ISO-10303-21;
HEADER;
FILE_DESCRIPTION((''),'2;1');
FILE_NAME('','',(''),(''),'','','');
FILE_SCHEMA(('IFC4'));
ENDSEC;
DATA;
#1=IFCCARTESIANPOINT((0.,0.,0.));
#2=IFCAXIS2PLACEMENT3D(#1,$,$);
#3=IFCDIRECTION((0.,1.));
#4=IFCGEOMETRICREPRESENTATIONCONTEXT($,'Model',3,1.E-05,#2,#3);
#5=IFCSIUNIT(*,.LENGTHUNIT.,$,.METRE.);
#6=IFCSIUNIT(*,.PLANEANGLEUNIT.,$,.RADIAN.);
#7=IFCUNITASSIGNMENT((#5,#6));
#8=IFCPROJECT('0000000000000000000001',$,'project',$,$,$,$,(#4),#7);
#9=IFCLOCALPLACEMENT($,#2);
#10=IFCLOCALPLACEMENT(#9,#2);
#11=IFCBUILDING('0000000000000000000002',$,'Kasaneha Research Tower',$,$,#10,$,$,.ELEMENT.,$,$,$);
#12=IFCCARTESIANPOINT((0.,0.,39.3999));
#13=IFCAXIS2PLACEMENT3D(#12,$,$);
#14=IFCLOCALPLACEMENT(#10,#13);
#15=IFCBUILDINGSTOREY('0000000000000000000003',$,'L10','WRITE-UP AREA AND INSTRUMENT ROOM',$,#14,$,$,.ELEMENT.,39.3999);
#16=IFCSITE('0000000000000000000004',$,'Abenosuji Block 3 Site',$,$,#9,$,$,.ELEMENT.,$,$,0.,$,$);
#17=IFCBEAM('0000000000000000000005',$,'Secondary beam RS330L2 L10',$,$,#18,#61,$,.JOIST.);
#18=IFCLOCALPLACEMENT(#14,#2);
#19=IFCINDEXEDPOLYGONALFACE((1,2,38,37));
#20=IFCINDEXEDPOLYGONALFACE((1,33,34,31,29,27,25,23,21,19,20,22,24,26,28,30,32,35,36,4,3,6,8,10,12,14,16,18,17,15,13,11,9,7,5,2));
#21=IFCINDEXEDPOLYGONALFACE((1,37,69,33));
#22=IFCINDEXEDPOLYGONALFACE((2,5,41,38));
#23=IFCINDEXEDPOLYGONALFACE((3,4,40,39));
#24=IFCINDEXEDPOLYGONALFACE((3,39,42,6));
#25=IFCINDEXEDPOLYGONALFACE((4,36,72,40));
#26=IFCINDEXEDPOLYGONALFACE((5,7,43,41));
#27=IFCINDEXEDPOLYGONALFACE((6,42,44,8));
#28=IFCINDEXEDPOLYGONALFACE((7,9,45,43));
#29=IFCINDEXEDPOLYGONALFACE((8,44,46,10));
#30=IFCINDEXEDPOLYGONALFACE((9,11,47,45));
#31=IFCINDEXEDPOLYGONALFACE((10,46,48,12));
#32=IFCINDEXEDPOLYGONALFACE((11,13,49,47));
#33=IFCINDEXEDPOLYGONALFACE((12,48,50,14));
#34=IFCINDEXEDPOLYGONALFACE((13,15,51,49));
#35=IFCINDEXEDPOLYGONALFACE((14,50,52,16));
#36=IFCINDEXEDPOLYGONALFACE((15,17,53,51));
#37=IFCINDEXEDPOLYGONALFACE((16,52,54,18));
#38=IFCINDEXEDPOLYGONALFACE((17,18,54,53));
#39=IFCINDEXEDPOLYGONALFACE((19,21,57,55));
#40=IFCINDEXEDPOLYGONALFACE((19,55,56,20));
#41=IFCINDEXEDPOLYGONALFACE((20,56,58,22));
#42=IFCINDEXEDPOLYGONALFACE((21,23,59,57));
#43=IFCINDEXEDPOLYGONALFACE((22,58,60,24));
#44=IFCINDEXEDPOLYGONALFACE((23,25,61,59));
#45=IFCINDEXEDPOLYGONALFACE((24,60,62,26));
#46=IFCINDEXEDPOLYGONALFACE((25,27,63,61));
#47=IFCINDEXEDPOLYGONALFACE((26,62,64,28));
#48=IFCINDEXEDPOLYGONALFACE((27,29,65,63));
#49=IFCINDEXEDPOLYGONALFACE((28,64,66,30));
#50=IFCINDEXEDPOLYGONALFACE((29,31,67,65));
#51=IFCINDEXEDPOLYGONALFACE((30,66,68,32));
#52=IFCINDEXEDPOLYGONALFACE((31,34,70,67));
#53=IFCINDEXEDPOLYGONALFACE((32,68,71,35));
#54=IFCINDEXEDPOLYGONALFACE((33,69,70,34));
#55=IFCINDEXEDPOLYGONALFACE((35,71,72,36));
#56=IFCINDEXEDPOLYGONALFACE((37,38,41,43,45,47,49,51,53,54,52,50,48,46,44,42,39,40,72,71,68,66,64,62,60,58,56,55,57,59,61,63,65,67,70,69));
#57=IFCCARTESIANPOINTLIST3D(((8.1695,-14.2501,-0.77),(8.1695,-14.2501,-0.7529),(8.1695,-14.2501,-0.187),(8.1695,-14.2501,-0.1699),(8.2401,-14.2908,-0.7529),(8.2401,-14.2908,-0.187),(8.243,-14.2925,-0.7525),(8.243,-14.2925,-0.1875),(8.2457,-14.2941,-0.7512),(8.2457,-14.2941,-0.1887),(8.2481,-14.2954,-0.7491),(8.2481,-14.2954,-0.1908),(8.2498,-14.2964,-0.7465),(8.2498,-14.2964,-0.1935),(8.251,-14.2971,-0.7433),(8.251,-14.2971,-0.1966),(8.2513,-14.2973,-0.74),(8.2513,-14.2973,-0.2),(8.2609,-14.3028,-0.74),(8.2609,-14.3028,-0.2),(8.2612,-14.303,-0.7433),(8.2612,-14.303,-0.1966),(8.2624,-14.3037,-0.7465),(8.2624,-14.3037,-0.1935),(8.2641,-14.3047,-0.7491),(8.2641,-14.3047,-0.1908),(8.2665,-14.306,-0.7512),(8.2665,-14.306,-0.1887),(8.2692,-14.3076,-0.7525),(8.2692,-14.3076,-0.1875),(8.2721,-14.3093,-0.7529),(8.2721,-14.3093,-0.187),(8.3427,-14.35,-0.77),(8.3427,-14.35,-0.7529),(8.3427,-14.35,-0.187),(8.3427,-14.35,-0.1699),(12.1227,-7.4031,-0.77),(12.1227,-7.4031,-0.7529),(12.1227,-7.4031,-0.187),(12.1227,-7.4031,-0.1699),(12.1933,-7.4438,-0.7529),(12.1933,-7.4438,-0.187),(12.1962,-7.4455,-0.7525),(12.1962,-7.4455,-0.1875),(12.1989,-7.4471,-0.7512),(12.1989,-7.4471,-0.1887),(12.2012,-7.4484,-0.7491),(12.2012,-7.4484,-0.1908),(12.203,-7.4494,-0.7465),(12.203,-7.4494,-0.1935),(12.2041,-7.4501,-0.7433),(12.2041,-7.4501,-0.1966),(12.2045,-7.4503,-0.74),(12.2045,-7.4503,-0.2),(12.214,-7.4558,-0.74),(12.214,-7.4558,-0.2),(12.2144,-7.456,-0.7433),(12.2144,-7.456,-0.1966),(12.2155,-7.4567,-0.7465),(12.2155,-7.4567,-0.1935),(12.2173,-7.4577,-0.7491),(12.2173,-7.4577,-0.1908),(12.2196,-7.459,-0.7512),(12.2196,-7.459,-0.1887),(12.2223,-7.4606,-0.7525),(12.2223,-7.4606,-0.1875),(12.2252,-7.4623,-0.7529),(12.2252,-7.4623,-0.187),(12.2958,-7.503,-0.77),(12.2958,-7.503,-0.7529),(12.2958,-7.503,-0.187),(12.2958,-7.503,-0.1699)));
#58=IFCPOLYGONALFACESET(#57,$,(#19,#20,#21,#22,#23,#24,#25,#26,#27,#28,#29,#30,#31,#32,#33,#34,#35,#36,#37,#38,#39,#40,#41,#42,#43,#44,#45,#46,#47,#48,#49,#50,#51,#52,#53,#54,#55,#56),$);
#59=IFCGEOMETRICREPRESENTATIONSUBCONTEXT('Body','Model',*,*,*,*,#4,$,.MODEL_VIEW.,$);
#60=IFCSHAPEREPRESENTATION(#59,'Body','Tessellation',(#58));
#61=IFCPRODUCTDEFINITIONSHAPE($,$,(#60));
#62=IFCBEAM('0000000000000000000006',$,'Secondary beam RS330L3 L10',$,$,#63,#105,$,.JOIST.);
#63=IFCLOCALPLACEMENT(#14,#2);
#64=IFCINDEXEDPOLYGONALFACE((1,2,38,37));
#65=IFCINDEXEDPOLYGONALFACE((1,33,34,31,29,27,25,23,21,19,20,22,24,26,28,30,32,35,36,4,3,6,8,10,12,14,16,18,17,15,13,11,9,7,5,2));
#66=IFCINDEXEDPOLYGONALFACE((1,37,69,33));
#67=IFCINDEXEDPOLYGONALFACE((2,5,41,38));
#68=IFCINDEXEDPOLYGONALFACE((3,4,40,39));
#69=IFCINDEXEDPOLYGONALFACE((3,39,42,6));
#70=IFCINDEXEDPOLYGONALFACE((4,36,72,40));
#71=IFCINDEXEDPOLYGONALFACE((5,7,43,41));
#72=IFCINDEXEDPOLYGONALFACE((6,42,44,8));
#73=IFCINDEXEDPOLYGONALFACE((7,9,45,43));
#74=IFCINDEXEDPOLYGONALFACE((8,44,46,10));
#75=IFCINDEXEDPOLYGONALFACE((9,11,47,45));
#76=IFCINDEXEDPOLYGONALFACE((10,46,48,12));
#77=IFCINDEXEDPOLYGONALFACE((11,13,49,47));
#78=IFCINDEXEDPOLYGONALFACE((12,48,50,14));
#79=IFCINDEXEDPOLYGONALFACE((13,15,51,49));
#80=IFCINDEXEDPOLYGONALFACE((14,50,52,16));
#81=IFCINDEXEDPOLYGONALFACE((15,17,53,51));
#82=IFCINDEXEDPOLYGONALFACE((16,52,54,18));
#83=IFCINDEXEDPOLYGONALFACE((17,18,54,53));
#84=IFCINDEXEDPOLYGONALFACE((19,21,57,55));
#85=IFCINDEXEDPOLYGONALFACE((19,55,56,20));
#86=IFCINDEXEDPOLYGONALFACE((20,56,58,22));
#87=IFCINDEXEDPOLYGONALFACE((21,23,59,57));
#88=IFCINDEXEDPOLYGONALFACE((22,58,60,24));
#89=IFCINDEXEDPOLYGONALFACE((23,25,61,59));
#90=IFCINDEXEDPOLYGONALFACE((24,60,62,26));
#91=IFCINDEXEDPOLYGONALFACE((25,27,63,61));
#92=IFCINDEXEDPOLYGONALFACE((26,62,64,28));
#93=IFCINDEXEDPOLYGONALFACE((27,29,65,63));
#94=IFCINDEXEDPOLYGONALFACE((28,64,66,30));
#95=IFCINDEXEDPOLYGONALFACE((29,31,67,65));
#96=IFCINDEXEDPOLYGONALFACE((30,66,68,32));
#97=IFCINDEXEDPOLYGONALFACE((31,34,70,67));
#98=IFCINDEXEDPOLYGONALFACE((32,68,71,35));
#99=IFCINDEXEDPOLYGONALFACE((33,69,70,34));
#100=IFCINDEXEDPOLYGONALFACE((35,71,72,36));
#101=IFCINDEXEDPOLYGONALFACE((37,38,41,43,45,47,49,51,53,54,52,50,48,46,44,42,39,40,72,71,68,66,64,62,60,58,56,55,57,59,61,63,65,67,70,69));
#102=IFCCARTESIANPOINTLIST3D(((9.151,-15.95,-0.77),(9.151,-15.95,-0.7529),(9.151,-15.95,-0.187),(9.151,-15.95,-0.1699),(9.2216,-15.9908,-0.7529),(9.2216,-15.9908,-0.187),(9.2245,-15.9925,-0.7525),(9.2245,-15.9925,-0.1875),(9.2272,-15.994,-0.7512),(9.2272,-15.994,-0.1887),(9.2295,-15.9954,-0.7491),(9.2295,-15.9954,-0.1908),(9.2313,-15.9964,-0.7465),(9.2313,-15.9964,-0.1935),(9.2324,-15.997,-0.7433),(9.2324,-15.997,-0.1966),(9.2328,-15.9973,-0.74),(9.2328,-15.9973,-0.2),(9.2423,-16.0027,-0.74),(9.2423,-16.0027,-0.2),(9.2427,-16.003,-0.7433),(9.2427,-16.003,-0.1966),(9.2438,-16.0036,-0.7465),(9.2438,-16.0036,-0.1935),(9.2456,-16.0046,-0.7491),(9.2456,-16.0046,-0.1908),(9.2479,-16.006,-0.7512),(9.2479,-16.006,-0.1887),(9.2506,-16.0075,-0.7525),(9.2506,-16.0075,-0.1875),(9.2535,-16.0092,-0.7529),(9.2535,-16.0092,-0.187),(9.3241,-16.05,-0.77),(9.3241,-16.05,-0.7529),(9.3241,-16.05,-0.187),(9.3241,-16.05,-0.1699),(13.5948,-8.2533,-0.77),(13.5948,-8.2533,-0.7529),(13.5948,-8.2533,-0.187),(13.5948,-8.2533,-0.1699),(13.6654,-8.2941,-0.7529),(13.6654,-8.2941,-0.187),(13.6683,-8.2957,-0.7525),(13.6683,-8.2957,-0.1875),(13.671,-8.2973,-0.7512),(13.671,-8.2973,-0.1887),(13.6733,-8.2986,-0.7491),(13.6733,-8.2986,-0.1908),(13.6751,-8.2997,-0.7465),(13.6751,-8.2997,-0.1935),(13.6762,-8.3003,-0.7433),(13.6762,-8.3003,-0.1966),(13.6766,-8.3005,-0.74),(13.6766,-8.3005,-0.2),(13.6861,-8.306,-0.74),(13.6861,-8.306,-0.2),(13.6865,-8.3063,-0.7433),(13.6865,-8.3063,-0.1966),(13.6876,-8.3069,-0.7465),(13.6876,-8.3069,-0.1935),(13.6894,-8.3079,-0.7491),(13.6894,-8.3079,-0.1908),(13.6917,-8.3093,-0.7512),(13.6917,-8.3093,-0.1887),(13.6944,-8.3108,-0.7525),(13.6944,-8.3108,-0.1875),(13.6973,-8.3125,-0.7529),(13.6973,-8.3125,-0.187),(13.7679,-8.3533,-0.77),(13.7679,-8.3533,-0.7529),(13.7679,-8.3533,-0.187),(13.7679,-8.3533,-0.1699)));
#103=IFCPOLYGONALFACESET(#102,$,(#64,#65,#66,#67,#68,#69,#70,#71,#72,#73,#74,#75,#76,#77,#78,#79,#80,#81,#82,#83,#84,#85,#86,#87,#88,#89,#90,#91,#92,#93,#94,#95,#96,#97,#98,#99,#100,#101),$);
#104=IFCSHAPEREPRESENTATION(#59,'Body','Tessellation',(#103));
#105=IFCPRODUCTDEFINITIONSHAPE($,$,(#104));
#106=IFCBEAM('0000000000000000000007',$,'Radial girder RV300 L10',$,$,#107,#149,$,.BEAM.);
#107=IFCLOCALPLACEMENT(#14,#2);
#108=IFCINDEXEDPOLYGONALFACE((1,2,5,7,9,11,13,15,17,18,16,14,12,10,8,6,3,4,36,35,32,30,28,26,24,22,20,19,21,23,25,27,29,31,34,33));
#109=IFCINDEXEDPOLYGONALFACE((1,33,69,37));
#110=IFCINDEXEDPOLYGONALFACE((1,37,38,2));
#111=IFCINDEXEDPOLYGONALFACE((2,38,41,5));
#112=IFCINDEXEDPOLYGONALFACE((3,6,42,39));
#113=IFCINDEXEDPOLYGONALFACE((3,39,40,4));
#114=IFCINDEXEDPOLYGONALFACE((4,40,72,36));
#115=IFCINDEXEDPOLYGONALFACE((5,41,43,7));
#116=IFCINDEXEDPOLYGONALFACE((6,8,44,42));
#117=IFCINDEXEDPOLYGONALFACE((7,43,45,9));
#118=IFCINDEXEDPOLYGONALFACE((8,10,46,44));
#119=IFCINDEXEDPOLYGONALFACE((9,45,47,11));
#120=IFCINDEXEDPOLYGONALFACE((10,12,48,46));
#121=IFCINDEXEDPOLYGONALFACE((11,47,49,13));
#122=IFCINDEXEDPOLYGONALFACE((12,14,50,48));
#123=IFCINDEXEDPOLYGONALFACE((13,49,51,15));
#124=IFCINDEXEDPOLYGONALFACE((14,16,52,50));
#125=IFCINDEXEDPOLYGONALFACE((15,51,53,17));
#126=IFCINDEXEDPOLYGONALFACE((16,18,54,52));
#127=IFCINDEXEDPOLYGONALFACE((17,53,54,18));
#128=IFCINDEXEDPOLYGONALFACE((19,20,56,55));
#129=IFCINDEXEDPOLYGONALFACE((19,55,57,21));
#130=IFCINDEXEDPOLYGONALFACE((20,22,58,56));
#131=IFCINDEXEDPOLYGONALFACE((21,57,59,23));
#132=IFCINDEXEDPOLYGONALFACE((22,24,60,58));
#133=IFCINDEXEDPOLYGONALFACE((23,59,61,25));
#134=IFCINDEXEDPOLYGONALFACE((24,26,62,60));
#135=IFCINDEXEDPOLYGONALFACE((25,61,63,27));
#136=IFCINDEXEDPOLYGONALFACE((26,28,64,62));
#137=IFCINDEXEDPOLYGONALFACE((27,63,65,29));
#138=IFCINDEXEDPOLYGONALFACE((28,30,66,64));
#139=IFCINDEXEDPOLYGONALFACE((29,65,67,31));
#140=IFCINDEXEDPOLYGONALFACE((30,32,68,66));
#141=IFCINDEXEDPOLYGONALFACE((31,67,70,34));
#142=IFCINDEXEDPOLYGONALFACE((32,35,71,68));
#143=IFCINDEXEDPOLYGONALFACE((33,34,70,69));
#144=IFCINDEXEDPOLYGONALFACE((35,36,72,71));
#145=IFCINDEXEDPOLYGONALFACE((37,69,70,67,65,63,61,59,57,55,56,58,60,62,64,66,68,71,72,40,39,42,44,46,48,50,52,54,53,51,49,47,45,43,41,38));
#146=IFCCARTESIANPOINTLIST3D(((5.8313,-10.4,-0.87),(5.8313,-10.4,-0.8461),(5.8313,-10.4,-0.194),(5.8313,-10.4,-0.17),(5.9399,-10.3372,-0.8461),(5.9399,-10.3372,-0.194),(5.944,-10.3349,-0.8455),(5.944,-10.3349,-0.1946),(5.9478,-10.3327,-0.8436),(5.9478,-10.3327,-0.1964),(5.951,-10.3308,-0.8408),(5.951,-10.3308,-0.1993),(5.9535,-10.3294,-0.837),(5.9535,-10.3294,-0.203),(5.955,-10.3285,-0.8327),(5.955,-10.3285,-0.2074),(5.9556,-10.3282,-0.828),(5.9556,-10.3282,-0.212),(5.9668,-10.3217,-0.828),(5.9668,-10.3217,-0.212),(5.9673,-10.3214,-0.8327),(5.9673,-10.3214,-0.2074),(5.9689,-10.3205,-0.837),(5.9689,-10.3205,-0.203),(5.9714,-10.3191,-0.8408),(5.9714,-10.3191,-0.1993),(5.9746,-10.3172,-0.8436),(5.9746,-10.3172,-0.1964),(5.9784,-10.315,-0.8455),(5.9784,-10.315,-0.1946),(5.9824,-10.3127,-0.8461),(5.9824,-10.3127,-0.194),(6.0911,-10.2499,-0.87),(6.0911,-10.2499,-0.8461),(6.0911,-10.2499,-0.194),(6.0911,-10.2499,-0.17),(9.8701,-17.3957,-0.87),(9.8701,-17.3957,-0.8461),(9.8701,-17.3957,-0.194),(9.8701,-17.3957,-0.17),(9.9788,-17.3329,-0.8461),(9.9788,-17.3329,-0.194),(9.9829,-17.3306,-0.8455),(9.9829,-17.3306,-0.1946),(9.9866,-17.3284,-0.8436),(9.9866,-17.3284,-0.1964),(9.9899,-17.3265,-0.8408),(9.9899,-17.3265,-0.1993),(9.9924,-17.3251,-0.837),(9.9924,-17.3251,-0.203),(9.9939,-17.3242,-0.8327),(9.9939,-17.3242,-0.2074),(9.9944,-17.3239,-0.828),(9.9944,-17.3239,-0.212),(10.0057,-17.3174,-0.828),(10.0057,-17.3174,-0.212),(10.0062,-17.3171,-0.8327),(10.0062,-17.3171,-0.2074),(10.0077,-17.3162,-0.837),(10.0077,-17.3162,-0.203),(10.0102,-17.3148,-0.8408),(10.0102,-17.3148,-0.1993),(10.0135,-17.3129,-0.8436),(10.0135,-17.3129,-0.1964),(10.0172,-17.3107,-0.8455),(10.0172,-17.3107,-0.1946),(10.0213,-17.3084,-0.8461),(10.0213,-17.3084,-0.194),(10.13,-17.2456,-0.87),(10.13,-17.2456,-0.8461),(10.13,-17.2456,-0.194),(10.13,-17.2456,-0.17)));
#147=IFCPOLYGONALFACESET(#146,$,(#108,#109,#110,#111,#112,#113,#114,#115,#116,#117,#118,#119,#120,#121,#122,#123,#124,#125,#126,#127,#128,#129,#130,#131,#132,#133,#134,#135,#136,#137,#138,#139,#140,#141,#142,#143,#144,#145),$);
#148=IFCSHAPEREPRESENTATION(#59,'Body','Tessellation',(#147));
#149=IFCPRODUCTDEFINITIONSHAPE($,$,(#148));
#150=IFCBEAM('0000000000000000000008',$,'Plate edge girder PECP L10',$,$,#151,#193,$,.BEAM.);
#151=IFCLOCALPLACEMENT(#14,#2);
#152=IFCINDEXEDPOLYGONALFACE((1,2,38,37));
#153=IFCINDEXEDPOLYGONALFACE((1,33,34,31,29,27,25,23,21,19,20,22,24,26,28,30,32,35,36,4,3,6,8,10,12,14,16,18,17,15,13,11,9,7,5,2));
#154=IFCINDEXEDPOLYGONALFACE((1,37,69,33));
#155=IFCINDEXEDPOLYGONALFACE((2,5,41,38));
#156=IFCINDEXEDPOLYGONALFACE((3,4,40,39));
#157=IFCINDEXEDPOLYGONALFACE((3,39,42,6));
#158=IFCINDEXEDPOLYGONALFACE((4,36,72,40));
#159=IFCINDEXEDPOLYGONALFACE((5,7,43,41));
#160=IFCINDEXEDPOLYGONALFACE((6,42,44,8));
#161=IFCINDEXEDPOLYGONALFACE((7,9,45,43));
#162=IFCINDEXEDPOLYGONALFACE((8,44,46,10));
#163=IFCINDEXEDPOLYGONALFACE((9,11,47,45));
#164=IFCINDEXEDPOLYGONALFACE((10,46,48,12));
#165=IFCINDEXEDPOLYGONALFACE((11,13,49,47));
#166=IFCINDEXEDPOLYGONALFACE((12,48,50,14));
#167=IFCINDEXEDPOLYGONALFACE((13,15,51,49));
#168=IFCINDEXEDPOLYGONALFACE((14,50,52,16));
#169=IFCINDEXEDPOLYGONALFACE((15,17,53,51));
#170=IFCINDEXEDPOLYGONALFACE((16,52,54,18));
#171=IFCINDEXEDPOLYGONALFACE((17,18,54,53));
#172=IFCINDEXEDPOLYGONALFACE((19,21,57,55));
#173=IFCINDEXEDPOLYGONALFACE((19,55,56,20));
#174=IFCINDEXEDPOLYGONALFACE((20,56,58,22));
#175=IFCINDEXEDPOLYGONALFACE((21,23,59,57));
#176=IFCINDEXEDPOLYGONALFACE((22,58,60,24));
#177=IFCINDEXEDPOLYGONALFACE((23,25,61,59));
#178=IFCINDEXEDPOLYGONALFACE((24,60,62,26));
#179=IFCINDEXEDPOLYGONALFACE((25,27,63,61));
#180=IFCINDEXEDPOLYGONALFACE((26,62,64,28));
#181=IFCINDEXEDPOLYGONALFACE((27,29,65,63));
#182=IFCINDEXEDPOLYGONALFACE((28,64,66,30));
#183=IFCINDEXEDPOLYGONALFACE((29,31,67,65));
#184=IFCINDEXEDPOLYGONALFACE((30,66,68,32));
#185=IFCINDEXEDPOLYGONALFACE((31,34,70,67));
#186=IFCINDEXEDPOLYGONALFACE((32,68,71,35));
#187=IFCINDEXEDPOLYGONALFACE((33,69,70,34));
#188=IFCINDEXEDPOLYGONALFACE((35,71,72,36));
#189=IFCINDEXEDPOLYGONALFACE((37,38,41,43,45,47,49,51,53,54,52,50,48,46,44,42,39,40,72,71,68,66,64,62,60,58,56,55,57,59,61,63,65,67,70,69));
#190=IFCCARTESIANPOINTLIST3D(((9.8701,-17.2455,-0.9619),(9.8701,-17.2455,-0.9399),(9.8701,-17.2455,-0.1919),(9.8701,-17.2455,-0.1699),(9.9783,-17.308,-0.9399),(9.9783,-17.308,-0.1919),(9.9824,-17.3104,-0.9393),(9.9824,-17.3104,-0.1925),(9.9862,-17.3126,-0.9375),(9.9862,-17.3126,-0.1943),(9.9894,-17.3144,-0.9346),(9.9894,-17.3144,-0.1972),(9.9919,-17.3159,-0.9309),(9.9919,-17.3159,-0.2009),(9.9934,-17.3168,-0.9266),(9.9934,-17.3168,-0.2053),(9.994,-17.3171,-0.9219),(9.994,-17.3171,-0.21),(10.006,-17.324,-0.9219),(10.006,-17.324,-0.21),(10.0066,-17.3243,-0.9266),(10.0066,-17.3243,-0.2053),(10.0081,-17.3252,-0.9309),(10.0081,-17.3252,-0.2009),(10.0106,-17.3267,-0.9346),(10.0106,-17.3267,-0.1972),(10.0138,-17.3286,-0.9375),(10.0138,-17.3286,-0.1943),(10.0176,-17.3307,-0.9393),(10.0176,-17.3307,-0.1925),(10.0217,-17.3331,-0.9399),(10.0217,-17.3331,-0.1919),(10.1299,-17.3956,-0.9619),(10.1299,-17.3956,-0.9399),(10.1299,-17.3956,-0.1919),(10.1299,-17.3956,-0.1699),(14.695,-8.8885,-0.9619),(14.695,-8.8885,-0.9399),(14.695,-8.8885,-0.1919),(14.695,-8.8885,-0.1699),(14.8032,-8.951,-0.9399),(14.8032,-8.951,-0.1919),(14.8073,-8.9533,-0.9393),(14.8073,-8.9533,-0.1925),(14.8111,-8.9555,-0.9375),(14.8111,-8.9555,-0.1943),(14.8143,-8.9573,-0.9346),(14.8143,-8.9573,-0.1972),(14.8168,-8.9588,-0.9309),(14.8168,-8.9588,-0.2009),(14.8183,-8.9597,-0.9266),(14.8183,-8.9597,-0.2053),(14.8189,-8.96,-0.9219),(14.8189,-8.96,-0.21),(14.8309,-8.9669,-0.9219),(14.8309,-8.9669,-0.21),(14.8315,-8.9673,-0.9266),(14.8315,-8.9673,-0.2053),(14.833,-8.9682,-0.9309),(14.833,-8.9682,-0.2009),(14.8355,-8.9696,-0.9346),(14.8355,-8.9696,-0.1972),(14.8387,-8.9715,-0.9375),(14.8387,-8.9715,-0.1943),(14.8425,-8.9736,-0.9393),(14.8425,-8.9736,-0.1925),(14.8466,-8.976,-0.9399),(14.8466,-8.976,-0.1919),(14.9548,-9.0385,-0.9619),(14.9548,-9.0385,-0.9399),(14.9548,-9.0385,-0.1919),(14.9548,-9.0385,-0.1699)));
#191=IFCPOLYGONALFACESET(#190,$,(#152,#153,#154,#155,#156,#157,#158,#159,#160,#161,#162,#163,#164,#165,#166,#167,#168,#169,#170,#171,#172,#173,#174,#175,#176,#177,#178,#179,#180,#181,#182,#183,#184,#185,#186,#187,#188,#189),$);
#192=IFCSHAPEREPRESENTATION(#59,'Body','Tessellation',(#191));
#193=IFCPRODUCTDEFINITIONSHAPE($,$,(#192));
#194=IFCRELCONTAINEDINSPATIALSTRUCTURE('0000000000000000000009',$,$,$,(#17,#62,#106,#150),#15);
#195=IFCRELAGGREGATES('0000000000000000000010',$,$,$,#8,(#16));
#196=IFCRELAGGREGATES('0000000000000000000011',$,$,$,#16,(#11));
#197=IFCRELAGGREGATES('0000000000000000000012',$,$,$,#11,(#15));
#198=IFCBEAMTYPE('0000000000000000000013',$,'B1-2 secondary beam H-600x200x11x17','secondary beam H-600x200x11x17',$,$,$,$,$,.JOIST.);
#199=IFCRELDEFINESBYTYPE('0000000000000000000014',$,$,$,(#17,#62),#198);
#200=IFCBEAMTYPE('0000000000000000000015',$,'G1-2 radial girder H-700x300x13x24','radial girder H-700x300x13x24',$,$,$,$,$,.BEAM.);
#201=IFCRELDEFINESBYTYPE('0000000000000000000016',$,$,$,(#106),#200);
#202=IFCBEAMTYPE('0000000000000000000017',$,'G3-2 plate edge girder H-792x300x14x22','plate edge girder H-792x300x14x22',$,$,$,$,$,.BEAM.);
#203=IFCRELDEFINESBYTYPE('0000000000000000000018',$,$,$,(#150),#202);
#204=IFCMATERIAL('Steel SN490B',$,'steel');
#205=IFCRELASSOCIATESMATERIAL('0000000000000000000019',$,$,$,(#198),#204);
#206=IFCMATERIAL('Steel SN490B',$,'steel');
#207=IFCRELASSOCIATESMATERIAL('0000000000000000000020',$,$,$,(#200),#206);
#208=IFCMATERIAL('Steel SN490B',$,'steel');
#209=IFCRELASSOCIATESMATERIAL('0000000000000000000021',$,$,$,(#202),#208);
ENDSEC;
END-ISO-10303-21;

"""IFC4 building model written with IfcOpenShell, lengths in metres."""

from ifc_helpers import new_model, si_unit, direction, frame, origin, origin_2d, place, context, subcontext, project, spatial, i_section, extrude, material, material_profile, profile_set, type_object, element, save


model = new_model("IFC4")

# Units and contexts
model_context = context("Model", 3, precision=1e-05, world=origin(), true_north=direction((0.0, 1.0)))
body_context = subcontext(model_context, "Body", "Model", "MODEL_VIEW")
ifc_project = project(units=[si_unit("LENGTHUNIT", "METRE"), si_unit("PLANEANGLEUNIT", "RADIAN")], contexts=[model_context])

# Site, building, storey
site_placement = place(None, origin())
site = spatial("IfcSite", under=ifc_project, at=site_placement, Name="Abenosuji Block 3 Site", CompositionType="ELEMENT", RefElevation=0.0)
building_placement = place(site_placement, origin())
building = spatial("IfcBuilding", under=site, at=building_placement, Name="Kasaneha Research Tower", CompositionType="ELEMENT")
storey_placement = place(building_placement, frame((0.0, 0.0, 39.3999)))
storey = spatial("IfcBuildingStorey", under=building, at=storey_placement, Name="L10", Description="WRITE-UP AREA AND INSTRUMENT ROOM", CompositionType="ELEMENT", Elevation=39.3999)

# Beams
ifc_material_1 = material(Name="Steel SN490B", Category="steel")
ifc_material_profile_1 = material_profile(ifc_material_1, i_section(OverallWidth=0.2, OverallDepth=0.6001, WebThickness=0.011, FlangeThickness=0.0171, FilletRadius=0.0129, at=origin_2d()), Name="H-600x200x11x17")
ifc_profile_set_1 = profile_set([ifc_material_profile_1], Name="Steel SN490B")
beam_type_1 = type_object("IfcBeamType", Name="B1-2 secondary beam H-600x200x11x17", Description="secondary beam H-600x200x11x17", PredefinedType="JOIST", material=ifc_profile_set_1)
beam_1_placement = place(storey_placement, frame((8.2561, -14.3, -0.47), z_axis=(0.500005, 0.866023, 0.0), x_axis=(-0.866023, 0.500005, 0.0)))
element("IfcBeam", 1, at=beam_1_placement, inside=storey, type_object=beam_type_1, Name="Secondary beam RS330L2 L10", PredefinedType="JOIST", context=body_context, shape_type="SweptSolid", body=[
    extrude(i_section(OverallWidth=0.2, OverallDepth=0.6001, WebThickness=0.011, FlangeThickness=0.0171, FilletRadius=0.0129, at=origin_2d()), origin(), (0.0, 0.0, 1.0), 7.9062),
])
beam_2_placement = place(storey_placement, frame((9.2375, -16.0, -0.47), z_axis=(0.500009, 0.86602, 0.0), x_axis=(-0.86602, 0.500009, 0.0)))
element("IfcBeam", 2, at=beam_2_placement, inside=storey, type_object=beam_type_1, Name="Secondary beam RS330L3 L10", PredefinedType="JOIST", context=body_context, shape_type="SweptSolid", body=[
    extrude(i_section(OverallWidth=0.2, OverallDepth=0.6001, WebThickness=0.011, FlangeThickness=0.0171, FilletRadius=0.0129, at=origin_2d()), origin(), (0.0, 0.0, 1.0), 8.8875),
])
ifc_material_2 = material(Name="Steel SN490B", Category="steel")
ifc_material_profile_2 = material_profile(ifc_material_2, i_section(OverallWidth=0.3, OverallDepth=0.7, WebThickness=0.0129, FlangeThickness=0.0239, FilletRadius=0.0181, at=origin_2d()), Name="H-700x300x13x24")
ifc_profile_set_2 = profile_set([ifc_material_profile_2], Name="Steel SN490B")
beam_type_2 = type_object("IfcBeamType", Name="G1-2 radial girder H-700x300x13x24", Description="radial girder H-700x300x13x24", PredefinedType="BEAM", material=ifc_profile_set_2)
beam_3_placement = place(storey_placement, frame((5.9612, -10.325, -0.52), z_axis=(0.499991, -0.866031, 0.0), x_axis=(0.866031, 0.499991, 0.0)))
element("IfcBeam", 3, at=beam_3_placement, inside=storey, type_object=beam_type_2, Name="Radial girder RV300 L10", PredefinedType="BEAM", context=body_context, shape_type="SweptSolid", body=[
    extrude(i_section(OverallWidth=0.3, OverallDepth=0.7, WebThickness=0.0129, FlangeThickness=0.0239, FilletRadius=0.0181, at=origin_2d()), origin(), (0.0, 0.0, 1.0), 8.0779),
])
ifc_material_3 = material(Name="Steel SN490B", Category="steel")
ifc_material_profile_3 = material_profile(ifc_material_3, i_section(OverallWidth=0.3, OverallDepth=0.792, WebThickness=0.0139, FlangeThickness=0.022, FilletRadius=0.0181, at=origin_2d()), Name="H-792x300x14x22")
ifc_profile_set_3 = profile_set([ifc_material_profile_3], Name="Steel SN490B")
beam_type_3 = type_object("IfcBeamType", Name="G3-2 plate edge girder H-792x300x14x22", Description="plate edge girder H-792x300x14x22", PredefinedType="BEAM", material=ifc_profile_set_3)
beam_4_placement = place(storey_placement, frame((10.0, -17.3206, -0.5659), z_axis=(0.499995, 0.866028, 0.0), x_axis=(-0.866028, 0.499995, 0.0)))
element("IfcBeam", 4, at=beam_4_placement, inside=storey, type_object=beam_type_3, Name="Plate edge girder PECP L10", PredefinedType="BEAM", context=body_context, shape_type="SweptSolid", body=[
    extrude(i_section(OverallWidth=0.3, OverallDepth=0.792, WebThickness=0.0139, FlangeThickness=0.022, FilletRadius=0.0181, at=origin_2d()), origin(), (0.0, 0.0, 1.0), 9.6499),
])

save(model, "model.ifc")
